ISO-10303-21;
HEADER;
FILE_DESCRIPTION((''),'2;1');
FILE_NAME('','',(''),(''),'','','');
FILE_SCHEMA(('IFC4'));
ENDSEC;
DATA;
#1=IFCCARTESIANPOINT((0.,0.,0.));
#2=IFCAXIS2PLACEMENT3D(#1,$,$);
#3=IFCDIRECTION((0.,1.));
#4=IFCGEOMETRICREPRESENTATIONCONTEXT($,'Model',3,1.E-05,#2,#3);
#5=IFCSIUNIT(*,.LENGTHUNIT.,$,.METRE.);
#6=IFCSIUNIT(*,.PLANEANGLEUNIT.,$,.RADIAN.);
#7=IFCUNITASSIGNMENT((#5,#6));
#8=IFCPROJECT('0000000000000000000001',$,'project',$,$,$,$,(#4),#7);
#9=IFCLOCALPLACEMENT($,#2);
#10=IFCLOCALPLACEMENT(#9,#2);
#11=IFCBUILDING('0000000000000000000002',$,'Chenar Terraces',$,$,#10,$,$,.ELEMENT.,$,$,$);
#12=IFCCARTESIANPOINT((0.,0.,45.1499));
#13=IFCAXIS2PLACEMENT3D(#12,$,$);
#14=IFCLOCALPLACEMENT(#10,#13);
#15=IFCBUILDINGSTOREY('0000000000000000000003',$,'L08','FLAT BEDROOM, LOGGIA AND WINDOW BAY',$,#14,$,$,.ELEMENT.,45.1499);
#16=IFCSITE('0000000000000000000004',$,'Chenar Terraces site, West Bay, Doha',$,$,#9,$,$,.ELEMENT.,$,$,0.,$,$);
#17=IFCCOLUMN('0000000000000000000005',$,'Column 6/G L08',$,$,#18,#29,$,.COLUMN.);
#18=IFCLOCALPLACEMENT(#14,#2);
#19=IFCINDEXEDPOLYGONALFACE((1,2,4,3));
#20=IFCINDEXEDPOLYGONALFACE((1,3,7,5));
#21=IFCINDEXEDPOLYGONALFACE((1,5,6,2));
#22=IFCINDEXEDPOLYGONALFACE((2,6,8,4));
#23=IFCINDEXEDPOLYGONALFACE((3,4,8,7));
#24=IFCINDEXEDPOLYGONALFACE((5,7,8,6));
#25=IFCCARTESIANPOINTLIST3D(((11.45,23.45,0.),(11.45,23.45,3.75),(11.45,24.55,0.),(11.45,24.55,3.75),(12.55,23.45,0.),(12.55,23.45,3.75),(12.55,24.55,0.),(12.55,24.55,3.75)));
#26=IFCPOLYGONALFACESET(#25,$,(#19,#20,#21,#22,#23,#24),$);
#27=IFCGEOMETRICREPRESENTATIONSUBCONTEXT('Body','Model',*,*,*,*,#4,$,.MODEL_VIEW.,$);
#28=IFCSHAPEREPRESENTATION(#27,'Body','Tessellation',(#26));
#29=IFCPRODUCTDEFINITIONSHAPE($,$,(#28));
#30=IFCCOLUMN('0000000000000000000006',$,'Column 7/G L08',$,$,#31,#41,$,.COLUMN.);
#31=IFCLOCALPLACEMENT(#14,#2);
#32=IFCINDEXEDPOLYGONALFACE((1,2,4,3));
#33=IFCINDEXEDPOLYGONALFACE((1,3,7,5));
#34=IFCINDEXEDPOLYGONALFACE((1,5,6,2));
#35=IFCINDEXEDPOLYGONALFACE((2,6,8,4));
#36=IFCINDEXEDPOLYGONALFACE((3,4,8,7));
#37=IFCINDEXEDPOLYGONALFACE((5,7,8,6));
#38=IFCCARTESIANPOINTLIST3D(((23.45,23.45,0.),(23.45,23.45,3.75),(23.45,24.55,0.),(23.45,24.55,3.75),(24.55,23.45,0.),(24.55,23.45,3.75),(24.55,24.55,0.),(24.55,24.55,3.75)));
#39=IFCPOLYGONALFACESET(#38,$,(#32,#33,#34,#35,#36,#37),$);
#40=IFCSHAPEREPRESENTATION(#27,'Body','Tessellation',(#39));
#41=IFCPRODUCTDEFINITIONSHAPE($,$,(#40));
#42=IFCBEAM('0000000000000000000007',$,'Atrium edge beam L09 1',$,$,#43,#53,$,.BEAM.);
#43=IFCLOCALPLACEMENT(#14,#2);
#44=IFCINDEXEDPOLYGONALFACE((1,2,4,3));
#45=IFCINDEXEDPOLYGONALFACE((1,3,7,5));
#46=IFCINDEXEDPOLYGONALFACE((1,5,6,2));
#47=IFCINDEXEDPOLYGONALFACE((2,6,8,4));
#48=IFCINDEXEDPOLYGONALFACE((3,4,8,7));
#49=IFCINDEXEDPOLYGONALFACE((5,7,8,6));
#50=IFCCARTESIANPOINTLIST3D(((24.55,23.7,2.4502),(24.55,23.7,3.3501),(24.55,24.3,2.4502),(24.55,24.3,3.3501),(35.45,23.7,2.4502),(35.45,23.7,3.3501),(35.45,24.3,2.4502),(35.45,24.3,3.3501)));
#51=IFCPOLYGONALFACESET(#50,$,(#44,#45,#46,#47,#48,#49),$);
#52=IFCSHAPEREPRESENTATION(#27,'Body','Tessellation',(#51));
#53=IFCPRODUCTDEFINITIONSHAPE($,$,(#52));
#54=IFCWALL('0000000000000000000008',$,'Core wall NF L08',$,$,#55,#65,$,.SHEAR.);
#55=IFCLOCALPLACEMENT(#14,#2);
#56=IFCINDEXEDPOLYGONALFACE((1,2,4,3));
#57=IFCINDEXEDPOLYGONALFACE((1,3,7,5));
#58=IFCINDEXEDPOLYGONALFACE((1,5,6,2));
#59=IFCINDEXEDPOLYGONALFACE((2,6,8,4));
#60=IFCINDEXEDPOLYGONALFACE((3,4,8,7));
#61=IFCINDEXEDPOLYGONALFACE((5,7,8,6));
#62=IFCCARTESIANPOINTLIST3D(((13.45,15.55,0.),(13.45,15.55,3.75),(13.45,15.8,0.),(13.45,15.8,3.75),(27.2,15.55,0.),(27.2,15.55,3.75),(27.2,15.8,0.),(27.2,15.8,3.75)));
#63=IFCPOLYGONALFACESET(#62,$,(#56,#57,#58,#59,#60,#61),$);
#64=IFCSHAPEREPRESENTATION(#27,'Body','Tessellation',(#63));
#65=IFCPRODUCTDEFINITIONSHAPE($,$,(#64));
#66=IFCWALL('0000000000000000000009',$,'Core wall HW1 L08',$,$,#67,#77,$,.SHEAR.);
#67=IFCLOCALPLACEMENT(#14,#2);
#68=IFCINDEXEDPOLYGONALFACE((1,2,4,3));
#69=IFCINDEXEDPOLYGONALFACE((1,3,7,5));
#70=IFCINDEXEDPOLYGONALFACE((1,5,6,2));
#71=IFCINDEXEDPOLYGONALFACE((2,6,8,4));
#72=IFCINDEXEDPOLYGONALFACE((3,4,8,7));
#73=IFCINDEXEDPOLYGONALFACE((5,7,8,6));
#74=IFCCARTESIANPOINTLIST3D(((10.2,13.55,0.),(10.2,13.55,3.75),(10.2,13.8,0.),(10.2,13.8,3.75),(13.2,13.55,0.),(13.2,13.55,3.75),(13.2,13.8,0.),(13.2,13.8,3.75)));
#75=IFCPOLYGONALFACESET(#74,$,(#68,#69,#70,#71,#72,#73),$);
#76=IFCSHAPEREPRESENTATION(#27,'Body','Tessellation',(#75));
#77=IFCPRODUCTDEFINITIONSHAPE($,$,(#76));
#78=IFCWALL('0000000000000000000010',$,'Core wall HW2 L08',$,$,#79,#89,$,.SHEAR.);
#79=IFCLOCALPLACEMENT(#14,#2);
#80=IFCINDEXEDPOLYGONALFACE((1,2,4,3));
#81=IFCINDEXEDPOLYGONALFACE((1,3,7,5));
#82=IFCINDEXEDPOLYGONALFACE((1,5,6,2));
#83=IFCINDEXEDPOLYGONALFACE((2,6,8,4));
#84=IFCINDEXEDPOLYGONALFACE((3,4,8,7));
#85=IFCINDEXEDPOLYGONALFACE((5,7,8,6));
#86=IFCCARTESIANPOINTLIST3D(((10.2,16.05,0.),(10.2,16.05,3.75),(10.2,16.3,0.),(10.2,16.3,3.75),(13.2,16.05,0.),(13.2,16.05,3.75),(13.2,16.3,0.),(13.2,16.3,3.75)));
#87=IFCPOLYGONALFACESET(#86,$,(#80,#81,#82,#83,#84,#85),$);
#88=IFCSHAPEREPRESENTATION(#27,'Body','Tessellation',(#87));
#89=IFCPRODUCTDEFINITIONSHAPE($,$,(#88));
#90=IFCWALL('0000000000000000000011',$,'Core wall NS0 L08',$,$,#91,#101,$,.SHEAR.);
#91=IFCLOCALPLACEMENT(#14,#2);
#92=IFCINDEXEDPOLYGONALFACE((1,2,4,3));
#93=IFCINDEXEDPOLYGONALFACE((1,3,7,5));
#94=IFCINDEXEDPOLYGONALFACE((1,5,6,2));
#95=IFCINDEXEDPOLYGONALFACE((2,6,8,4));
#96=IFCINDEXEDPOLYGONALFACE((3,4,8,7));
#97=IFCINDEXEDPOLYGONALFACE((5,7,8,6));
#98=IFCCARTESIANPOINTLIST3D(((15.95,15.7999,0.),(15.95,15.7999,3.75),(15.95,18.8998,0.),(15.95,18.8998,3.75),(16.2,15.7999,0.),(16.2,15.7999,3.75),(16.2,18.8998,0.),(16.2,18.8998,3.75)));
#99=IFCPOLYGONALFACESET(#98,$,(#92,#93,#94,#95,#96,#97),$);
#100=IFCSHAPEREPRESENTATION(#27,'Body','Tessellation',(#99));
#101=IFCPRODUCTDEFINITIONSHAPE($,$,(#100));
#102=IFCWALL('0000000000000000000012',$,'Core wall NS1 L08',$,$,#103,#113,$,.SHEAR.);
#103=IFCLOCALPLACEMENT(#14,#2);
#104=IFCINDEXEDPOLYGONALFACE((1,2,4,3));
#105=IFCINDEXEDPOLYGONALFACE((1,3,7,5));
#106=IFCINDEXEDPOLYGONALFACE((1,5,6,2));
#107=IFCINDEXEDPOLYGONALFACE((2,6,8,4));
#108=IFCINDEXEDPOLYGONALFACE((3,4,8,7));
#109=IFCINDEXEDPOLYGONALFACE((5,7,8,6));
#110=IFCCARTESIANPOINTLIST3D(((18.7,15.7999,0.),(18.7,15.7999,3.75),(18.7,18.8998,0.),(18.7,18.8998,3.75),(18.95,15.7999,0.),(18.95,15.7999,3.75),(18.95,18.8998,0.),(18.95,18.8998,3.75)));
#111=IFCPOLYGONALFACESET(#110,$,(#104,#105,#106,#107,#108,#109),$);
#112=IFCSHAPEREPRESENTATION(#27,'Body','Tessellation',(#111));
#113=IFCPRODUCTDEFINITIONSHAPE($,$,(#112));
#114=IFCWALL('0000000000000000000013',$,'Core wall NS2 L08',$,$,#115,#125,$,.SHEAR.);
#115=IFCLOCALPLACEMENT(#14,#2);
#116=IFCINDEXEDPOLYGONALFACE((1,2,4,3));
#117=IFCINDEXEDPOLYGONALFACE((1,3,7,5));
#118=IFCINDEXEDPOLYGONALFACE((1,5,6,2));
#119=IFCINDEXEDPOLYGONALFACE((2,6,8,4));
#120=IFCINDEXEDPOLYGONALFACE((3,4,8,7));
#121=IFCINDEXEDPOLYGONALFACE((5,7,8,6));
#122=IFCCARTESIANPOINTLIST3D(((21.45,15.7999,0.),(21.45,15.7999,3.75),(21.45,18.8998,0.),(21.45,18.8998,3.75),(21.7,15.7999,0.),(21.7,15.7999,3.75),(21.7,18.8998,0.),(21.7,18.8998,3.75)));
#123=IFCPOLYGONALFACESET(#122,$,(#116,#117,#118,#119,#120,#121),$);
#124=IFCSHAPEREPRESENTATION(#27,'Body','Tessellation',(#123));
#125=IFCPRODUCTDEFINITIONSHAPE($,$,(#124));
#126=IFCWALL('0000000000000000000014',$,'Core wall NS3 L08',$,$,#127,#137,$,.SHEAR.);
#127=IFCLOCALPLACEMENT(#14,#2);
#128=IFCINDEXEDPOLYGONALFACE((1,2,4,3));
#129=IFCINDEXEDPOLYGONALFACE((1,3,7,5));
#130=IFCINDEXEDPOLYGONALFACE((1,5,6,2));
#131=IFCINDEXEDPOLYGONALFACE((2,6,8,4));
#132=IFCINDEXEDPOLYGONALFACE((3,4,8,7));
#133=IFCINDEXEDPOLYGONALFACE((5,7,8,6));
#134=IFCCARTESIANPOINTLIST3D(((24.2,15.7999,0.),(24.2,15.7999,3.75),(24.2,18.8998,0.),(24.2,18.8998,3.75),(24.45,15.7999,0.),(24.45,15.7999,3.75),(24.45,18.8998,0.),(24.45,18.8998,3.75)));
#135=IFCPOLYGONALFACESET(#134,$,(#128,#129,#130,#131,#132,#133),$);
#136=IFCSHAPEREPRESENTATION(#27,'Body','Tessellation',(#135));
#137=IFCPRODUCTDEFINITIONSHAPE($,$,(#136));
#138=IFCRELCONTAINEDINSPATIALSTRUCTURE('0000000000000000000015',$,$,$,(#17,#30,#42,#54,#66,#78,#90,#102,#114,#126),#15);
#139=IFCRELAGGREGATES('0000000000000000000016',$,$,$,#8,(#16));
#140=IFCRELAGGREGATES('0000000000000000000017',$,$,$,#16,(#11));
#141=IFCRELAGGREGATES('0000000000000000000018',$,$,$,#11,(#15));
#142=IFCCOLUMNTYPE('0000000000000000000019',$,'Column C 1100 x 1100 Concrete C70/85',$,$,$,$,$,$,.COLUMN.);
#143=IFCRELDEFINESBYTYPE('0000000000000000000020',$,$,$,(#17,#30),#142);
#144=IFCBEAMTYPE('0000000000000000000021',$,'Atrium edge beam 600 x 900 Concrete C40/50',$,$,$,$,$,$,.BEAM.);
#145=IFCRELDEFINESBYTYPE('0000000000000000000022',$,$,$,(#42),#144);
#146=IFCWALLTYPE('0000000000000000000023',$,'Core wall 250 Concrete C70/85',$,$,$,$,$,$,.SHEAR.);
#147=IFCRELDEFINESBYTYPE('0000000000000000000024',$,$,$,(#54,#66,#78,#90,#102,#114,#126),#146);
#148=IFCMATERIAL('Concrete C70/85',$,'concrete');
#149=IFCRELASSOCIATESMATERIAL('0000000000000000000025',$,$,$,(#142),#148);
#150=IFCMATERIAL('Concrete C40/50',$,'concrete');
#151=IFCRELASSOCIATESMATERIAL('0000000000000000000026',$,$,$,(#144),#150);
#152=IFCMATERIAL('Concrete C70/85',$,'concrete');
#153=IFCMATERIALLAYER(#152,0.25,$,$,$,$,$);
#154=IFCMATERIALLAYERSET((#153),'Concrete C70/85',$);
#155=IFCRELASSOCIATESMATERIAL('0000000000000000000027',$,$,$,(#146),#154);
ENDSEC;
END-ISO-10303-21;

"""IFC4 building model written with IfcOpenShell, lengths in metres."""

from ifc_helpers import new_model, si_unit, direction, frame, frame_2d, origin, origin_2d, place, context, subcontext, project, spatial, rectangle, extrude, material, layer, layer_set, material_profile, profile_set, type_object, element, save


model = new_model("IFC4")

# Units and contexts
model_context = context("Model", 3, precision=1e-05, world=origin(), true_north=direction((0.0, 1.0)))
body_context = subcontext(model_context, "Body", "Model", "MODEL_VIEW")
ifc_project = project(units=[si_unit("LENGTHUNIT", "METRE"), si_unit("PLANEANGLEUNIT", "RADIAN")], contexts=[model_context])

# Site, building, storey
site_placement = place(None, origin())
site = spatial("IfcSite", under=ifc_project, at=site_placement, Name="Chenar Terraces site, West Bay, Doha", CompositionType="ELEMENT", RefElevation=0.0)
building_placement = place(site_placement, origin())
building = spatial("IfcBuilding", under=site, at=building_placement, Name="Chenar Terraces", CompositionType="ELEMENT")
storey_placement = place(building_placement, frame((0.0, 0.0, 45.1499)))
storey = spatial("IfcBuildingStorey", under=building, at=storey_placement, Name="L08", Description="FLAT BEDROOM, LOGGIA AND WINDOW BAY", CompositionType="ELEMENT", Elevation=45.1499)

# Columns
ifc_material_1 = material(Name="Concrete C70/85", Category="concrete")
ifc_material_profile_1 = material_profile(ifc_material_1, rectangle(XDim=1.1001, YDim=1.1001, at=origin_2d()), Name="C 1100 x 1100")
ifc_profile_set_1 = profile_set([ifc_material_profile_1], Name="Concrete C70/85")
column_type = type_object("IfcColumnType", Name="Column C 1100 x 1100 Concrete C70/85", PredefinedType="COLUMN", material=ifc_profile_set_1)
for number, where, z_axis, x_axis, name in (
    (1, (12.0, 24.0, 0.0), (0.0, 0.0, 1.0), (1.0, 0.0, 0.0), "Column 6/G L08"),
    (2, (24.0, 24.0, 0.0), (0.0, 0.0, 1.0), (1.0, 0.0, 0.0), "Column 7/G L08"),
):
    element("IfcColumn", number, at=place(storey_placement, frame(where, z_axis=z_axis, x_axis=x_axis)), inside=storey, type_object=column_type, Name=name, PredefinedType="COLUMN", context=body_context, shape_type="SweptSolid", body=[
        extrude(rectangle(XDim=1.1001, YDim=1.1001, at=origin_2d()), origin(), (0.0, 0.0, 1.0), 3.75),
    ])

# Beam
ifc_material_2 = material(Name="Concrete C40/50", Category="concrete")
ifc_material_profile_2 = material_profile(ifc_material_2, rectangle(XDim=0.6001, YDim=0.8999, at=origin_2d()), Name="RC 600 x 900")
ifc_profile_set_2 = profile_set([ifc_material_profile_2], Name="Concrete C40/50")
beam_type = type_object("IfcBeamType", Name="Atrium edge beam 600 x 900 Concrete C40/50", PredefinedType="BEAM", material=ifc_profile_set_2)
beam_placement = place(storey_placement, frame((24.55, 24.0, 2.9001), z_axis=(1.0, 0.0, 0.0), x_axis=(0.0, 1.0, 0.0)))
element("IfcBeam", 3, at=beam_placement, inside=storey, type_object=beam_type, Name="Atrium edge beam L09 1", PredefinedType="BEAM", context=body_context, shape_type="SweptSolid", body=[
    extrude(rectangle(XDim=0.6001, YDim=0.8999, at=origin_2d()), origin(), (0.0, 0.0, 1.0), 10.8999),
])

# Walls
ifc_material_3 = material(Name="Concrete C70/85", Category="concrete")
ifc_layer_1 = layer(ifc_material_3, 0.25)
ifc_layer_set_1 = layer_set([ifc_layer_1], Name="Concrete C70/85")
wall_type_1 = type_object("IfcWallType", Name="Core wall 250 Concrete C70/85", PredefinedType="SHEAR", material=ifc_layer_set_1)
wall_1_placement = place(storey_placement, frame((13.45, 15.675, 0.0), z_axis=(0.0, 0.0, 1.0), x_axis=(1.0, 0.0, 0.0)))
element("IfcWall", 4, at=wall_1_placement, inside=storey, type_object=wall_type_1, Name="Core wall NF L08", PredefinedType="SHEAR", context=body_context, shape_type="SweptSolid", body=[
    extrude(rectangle(XDim=13.75, YDim=0.25, at=frame_2d((6.875, 0.0))), origin(), (0.0, 0.0, 1.0), 3.75),
])
for number, where, z_axis, x_axis, name in (
    (5, (10.2, 13.675, 0.0), (0.0, 0.0, 1.0), (1.0, 0.0, 0.0), "Core wall HW1 L08"),
    (6, (10.2, 16.175, 0.0), (0.0, 0.0, 1.0), (1.0, 0.0, 0.0), "Core wall HW2 L08"),
):
    element("IfcWall", number, at=place(storey_placement, frame(where, z_axis=z_axis, x_axis=x_axis)), inside=storey, type_object=wall_type_1, Name=name, PredefinedType="SHEAR", context=body_context, shape_type="SweptSolid", body=[
        extrude(rectangle(XDim=3.0, YDim=0.25, at=frame_2d((1.5, 0.0))), origin(), (0.0, 0.0, 1.0), 3.75),
    ])
for number, where, z_axis, x_axis, name in (
    (7, (16.075, 15.8, 0.0), (0.0, 0.0, 1.0), (0.0, 1.0, 0.0), "Core wall NS0 L08"),
    (8, (18.825, 15.8, 0.0), (0.0, 0.0, 1.0), (0.0, 1.0, 0.0), "Core wall NS1 L08"),
    (9, (21.575, 15.8, 0.0), (0.0, 0.0, 1.0), (0.0, 1.0, 0.0), "Core wall NS2 L08"),
    (10, (24.325, 15.8, 0.0), (0.0, 0.0, 1.0), (0.0, 1.0, 0.0), "Core wall NS3 L08"),
):
    element("IfcWall", number, at=place(storey_placement, frame(where, z_axis=z_axis, x_axis=x_axis)), inside=storey, type_object=wall_type_1, Name=name, PredefinedType="SHEAR", context=body_context, shape_type="SweptSolid", body=[
        extrude(rectangle(XDim=3.0999, YDim=0.25, at=frame_2d((1.5498, 0.0))), origin(), (0.0, 0.0, 1.0), 3.75),
    ])

save(model, "model.ifc")
